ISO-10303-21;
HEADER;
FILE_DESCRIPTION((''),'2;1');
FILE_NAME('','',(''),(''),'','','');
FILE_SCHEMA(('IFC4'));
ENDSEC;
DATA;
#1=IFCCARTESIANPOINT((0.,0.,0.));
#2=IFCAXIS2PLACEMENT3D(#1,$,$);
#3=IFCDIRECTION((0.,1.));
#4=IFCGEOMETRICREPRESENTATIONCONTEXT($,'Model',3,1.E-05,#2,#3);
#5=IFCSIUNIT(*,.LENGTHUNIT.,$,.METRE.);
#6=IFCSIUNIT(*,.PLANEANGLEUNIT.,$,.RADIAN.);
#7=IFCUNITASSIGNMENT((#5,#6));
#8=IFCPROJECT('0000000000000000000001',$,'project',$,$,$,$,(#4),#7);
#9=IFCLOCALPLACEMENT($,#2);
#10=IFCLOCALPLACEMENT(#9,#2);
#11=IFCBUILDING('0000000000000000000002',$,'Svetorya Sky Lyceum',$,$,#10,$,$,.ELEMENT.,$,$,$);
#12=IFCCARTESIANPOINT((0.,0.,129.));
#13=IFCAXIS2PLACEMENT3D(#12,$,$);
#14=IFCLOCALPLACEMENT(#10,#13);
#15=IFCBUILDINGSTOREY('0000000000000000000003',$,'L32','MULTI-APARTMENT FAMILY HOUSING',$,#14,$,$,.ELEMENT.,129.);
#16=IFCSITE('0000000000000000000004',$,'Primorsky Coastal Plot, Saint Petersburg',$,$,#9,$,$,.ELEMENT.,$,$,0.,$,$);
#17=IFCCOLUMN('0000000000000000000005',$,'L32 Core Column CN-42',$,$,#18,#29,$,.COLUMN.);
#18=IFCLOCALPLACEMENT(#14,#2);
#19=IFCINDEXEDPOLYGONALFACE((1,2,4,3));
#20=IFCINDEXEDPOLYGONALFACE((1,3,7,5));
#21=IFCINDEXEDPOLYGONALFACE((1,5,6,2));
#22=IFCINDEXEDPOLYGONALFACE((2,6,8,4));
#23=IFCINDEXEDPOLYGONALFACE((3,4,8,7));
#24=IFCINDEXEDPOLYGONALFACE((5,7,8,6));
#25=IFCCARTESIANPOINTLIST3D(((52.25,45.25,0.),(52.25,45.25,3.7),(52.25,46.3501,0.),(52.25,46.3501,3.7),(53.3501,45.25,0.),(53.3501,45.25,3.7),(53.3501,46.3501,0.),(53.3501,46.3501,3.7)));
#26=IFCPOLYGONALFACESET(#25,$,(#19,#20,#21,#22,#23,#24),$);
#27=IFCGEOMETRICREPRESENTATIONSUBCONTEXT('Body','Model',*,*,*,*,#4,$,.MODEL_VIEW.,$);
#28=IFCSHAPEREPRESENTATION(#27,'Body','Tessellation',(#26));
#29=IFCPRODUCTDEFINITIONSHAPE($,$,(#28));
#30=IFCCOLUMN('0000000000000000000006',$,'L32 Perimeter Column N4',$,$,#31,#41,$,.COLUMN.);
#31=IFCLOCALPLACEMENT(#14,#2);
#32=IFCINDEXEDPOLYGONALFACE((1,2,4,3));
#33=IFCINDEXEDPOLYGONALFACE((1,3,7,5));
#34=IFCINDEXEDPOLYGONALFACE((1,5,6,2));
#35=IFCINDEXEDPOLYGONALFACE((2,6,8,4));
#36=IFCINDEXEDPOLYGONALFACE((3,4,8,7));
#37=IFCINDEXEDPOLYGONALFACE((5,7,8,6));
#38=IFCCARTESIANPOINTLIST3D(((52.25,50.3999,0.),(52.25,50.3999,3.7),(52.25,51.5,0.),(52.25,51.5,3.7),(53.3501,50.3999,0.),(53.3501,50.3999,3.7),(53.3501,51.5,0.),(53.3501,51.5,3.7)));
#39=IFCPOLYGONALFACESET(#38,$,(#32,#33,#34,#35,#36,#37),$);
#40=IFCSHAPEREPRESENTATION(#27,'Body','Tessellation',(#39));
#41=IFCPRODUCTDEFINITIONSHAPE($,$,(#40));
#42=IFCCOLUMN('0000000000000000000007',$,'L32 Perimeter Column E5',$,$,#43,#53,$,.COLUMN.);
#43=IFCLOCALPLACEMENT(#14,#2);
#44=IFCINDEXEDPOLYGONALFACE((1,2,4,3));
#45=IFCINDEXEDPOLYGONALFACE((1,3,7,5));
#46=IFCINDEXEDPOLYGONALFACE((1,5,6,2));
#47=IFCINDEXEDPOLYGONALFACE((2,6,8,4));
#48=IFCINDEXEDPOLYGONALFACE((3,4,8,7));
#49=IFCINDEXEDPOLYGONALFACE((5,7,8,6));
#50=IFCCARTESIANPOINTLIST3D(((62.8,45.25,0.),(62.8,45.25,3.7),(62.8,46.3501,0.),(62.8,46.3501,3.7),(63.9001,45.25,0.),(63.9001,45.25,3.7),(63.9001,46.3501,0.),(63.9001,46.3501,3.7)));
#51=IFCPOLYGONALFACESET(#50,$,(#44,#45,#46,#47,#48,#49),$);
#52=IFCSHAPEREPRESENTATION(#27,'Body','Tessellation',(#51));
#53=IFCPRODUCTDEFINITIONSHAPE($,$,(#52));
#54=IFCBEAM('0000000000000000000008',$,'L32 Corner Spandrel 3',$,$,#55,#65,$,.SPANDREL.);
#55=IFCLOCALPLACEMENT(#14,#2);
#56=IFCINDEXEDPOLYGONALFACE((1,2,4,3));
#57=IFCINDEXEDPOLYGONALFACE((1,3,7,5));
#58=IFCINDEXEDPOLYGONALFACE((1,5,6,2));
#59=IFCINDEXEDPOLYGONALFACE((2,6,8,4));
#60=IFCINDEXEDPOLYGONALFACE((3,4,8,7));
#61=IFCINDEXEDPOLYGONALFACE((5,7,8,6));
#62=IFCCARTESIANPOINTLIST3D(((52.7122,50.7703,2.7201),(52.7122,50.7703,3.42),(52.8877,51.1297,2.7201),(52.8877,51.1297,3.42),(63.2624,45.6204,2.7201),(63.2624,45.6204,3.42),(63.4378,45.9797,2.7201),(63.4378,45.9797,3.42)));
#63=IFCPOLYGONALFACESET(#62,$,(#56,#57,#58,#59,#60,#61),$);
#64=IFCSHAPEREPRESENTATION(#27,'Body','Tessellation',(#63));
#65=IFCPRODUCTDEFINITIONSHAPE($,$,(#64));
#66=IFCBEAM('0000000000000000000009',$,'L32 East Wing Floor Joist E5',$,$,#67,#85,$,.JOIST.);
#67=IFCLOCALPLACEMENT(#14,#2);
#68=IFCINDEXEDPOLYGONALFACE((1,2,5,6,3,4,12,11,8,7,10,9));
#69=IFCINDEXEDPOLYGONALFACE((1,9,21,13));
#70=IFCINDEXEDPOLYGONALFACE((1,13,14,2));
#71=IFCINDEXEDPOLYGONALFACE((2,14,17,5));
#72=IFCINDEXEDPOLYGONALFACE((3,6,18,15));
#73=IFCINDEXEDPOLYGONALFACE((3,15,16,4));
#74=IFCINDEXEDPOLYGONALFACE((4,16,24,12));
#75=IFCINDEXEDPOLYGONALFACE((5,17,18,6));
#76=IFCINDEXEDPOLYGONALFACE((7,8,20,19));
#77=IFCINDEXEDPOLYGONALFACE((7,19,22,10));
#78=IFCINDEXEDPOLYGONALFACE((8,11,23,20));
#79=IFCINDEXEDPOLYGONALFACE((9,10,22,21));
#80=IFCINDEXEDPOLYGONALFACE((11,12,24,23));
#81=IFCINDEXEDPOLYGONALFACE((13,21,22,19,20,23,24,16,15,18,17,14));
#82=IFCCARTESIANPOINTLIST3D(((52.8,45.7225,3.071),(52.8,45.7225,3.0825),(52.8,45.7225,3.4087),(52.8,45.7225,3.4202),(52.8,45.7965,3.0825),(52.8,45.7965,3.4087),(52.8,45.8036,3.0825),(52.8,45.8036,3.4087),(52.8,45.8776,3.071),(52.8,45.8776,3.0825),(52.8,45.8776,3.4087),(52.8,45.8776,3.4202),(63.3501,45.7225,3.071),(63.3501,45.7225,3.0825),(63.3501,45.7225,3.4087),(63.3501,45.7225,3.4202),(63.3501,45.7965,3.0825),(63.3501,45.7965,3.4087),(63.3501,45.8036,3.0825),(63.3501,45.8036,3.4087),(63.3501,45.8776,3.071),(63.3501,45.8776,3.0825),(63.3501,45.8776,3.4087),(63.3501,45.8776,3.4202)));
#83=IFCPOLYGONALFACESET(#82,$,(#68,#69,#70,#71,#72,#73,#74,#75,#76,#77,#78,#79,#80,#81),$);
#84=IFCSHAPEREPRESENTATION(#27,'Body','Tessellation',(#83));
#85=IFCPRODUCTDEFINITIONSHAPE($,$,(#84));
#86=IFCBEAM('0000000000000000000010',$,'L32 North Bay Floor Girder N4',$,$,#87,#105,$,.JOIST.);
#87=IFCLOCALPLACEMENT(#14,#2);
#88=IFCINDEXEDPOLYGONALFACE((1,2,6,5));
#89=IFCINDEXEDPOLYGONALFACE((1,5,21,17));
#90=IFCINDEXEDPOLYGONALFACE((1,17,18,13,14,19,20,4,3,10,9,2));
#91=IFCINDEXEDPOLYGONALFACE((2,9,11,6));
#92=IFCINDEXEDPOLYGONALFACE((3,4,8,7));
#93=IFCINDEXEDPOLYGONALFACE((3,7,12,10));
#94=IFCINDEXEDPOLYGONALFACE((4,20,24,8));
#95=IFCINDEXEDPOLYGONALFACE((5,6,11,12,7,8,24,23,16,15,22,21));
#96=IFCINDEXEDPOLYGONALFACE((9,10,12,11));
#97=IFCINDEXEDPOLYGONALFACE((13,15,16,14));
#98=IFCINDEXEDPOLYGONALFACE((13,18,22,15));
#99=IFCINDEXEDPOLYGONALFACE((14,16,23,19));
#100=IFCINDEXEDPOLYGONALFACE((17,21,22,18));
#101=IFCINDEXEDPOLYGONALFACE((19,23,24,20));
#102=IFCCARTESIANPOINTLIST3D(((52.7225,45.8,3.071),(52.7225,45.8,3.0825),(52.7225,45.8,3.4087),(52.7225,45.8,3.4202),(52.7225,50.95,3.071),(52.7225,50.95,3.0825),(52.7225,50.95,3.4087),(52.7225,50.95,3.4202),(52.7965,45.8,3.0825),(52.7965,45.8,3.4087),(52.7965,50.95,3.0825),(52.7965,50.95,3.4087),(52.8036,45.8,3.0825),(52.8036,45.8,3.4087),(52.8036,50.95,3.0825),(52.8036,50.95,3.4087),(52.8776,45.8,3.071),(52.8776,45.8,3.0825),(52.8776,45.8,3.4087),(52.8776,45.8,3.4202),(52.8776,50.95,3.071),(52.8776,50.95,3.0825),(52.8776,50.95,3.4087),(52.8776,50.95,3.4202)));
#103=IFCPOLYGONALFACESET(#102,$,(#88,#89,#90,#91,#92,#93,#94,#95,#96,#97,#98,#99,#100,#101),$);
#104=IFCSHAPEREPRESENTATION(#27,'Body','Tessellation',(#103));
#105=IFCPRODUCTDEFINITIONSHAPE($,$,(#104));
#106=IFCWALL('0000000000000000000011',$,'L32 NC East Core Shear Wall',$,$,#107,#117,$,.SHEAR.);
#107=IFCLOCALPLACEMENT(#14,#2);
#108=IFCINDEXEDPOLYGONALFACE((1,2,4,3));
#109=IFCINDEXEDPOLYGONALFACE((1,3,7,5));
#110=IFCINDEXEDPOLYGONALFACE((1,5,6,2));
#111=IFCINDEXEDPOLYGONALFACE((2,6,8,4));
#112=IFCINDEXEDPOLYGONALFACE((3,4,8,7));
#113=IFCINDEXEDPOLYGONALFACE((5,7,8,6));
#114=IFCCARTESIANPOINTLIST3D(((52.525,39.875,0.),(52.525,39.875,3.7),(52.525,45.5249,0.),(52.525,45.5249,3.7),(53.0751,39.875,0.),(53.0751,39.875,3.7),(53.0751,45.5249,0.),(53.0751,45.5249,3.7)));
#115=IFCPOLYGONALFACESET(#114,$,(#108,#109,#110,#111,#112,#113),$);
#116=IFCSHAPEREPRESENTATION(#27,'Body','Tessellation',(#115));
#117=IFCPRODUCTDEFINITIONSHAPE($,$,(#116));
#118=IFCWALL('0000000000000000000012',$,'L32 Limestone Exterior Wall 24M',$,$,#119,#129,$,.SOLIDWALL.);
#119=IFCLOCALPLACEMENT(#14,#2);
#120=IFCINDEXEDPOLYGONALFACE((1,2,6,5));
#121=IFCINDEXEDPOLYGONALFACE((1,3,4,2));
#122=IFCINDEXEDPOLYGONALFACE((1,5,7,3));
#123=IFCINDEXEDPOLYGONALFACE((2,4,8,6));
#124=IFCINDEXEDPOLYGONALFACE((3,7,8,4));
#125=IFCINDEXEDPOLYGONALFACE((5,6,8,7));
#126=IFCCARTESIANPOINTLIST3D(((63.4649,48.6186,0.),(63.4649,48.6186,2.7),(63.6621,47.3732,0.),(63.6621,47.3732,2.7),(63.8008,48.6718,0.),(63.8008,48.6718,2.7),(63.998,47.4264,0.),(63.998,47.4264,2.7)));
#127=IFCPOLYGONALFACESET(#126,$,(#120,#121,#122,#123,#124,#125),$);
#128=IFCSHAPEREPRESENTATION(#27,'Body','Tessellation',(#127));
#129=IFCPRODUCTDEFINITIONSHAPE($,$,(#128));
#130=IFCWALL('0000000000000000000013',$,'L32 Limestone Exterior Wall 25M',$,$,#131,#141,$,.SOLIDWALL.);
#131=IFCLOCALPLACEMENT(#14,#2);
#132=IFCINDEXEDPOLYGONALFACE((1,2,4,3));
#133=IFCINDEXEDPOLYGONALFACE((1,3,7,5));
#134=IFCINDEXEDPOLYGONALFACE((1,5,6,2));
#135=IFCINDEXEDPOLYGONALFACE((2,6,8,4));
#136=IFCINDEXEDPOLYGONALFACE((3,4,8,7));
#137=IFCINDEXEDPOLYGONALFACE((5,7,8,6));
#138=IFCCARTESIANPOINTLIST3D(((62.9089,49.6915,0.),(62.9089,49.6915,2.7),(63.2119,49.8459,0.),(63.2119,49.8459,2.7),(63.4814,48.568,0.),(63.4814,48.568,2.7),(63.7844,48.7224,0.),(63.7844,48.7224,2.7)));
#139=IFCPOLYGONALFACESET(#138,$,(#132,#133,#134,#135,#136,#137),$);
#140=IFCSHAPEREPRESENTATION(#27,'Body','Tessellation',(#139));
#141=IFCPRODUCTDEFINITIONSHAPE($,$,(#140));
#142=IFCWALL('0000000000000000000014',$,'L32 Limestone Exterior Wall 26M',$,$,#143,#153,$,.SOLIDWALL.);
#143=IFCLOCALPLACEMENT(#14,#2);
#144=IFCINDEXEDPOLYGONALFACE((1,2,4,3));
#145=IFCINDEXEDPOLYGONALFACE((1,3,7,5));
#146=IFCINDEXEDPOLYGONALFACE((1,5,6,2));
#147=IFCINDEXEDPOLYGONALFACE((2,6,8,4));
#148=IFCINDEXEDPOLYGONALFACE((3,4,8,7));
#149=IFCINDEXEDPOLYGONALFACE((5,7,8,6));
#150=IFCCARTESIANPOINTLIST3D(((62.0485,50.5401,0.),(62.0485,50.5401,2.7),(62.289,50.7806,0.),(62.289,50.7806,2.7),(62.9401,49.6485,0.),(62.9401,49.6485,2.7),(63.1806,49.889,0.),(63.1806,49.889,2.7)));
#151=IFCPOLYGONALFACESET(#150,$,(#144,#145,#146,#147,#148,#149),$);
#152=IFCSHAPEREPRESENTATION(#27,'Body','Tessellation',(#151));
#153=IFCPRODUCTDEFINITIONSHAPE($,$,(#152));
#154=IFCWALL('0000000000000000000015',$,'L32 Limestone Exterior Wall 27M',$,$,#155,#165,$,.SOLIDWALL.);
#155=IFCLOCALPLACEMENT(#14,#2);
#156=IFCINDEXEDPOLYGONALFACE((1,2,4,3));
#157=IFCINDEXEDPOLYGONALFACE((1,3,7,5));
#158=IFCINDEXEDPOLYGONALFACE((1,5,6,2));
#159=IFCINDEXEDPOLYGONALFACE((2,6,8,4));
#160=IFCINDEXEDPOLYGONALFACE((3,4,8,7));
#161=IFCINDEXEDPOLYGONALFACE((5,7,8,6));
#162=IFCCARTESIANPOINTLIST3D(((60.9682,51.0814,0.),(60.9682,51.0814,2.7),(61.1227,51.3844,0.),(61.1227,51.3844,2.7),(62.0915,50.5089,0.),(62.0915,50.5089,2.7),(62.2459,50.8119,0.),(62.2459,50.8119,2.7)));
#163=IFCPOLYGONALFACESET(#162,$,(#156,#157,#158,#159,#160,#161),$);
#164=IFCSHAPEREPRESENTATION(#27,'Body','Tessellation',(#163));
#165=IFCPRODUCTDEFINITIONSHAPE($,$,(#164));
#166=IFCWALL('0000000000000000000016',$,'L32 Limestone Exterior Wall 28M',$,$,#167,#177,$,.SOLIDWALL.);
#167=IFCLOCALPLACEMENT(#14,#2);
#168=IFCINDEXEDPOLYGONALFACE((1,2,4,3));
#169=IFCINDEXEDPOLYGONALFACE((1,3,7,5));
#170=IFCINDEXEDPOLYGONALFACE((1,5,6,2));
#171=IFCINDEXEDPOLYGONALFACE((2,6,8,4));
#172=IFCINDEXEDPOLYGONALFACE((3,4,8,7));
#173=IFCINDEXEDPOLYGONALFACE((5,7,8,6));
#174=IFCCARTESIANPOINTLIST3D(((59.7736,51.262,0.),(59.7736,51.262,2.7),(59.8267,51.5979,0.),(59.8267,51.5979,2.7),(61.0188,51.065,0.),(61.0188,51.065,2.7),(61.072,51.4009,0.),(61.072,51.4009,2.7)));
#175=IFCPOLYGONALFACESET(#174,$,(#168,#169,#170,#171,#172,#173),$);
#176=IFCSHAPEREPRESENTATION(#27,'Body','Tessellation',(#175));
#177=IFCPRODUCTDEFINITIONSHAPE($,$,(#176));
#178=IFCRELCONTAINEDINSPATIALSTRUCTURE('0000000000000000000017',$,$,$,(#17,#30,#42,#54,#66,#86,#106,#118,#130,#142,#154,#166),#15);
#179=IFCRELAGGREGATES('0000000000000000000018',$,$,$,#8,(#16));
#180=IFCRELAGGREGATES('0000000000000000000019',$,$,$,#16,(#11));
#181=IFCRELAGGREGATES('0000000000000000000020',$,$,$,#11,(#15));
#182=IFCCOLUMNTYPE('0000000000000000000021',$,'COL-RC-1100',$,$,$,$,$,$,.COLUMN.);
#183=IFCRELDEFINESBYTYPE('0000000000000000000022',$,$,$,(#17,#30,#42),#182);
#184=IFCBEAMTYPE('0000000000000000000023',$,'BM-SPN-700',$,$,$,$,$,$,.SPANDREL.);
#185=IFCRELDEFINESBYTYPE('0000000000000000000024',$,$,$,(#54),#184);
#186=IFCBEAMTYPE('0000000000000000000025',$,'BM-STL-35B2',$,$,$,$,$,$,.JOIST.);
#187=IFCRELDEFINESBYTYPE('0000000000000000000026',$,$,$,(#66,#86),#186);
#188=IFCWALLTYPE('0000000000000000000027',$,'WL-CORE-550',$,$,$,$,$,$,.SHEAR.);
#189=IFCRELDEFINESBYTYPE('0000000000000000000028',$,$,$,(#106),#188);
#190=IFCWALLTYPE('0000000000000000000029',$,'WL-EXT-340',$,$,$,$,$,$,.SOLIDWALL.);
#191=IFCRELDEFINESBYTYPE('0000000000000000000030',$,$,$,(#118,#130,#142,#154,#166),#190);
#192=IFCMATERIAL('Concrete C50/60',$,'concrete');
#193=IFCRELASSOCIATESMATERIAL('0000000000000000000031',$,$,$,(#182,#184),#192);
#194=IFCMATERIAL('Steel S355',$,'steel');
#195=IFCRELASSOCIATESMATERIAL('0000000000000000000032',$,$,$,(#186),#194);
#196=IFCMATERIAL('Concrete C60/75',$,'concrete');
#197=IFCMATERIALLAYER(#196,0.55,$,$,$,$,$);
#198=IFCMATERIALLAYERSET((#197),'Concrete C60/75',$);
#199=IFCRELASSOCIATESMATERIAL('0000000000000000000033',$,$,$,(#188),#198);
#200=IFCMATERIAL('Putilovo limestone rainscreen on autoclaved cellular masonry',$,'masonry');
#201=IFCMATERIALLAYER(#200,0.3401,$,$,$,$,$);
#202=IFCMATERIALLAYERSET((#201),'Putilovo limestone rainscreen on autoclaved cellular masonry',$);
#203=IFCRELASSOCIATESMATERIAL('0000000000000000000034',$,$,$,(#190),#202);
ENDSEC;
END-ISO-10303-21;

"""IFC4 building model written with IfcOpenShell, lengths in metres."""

from ifc_helpers import new_model, si_unit, direction, frame, frame_2d, origin, origin_2d, place, context, subcontext, project, spatial, rectangle, i_section, extrude, material, layer, layer_set, material_profile, profile_set, type_object, element, save


model = new_model("IFC4")

# Units and contexts
model_context = context("Model", 3, precision=1e-05, world=origin(), true_north=direction((0.0, 1.0)))
body_context = subcontext(model_context, "Body", "Model", "MODEL_VIEW")
ifc_project = project(units=[si_unit("LENGTHUNIT", "METRE"), si_unit("PLANEANGLEUNIT", "RADIAN")], contexts=[model_context])

# Site, building, storey
site_placement = place(None, origin())
site = spatial("IfcSite", under=ifc_project, at=site_placement, Name="Primorsky Coastal Plot, Saint Petersburg", CompositionType="ELEMENT", RefElevation=0.0)
building_placement = place(site_placement, origin())
building = spatial("IfcBuilding", under=site, at=building_placement, Name="Svetorya Sky Lyceum", CompositionType="ELEMENT")
storey_placement = place(building_placement, frame((0.0, 0.0, 129.0)))
storey = spatial("IfcBuildingStorey", under=building, at=storey_placement, Name="L32", Description="MULTI-APARTMENT FAMILY HOUSING", CompositionType="ELEMENT", Elevation=129.0)

# Columns
ifc_material_1 = material(Name="Concrete C50/60", Category="concrete")
ifc_material_profile_1 = material_profile(ifc_material_1, rectangle(XDim=1.1001, YDim=1.1001, at=origin_2d()), Name="RC COL 1100x1100")
ifc_profile_set_1 = profile_set([ifc_material_profile_1], Name="Concrete C50/60")
column_type = type_object("IfcColumnType", Name="COL-RC-1100", PredefinedType="COLUMN", material=ifc_profile_set_1)
for number, where, z_axis, x_axis, name in (
    (1, (52.8, 45.8, 0.0), (0.0, 0.0, 1.0), (1.0, 0.0, 0.0), "L32 Core Column CN-42"),
    (2, (52.8, 50.95, 0.0), (0.0, 0.0, 1.0), (1.0, 0.0, 0.0), "L32 Perimeter Column N4"),
    (3, (63.3501, 45.8, 0.0), (0.0, 0.0, 1.0), (1.0, 0.0, 0.0), "L32 Perimeter Column E5"),
):
    element("IfcColumn", number, at=place(storey_placement, frame(where, z_axis=z_axis, x_axis=x_axis)), inside=storey, type_object=column_type, Name=name, PredefinedType="COLUMN", context=body_context, shape_type="SweptSolid", body=[
        extrude(rectangle(XDim=1.1001, YDim=1.1001, at=origin_2d()), origin(), (0.0, 0.0, 1.0), 3.7),
    ])

# Beams
ifc_material_profile_2 = material_profile(ifc_material_1, rectangle(XDim=0.3999, YDim=0.7, at=origin_2d()), Name="RC SPANDREL 400x700")
ifc_profile_set_2 = profile_set([ifc_material_profile_2], Name="Concrete C50/60")
beam_type_1 = type_object("IfcBeamType", Name="BM-SPN-700", PredefinedType="SPANDREL", material=ifc_profile_set_2)
beam_1_placement = place(storey_placement, frame((63.3501, 45.8, 3.0701), z_axis=(-0.89865, 0.438667, 0.0), x_axis=(-0.438667, -0.89865, 0.0)))
element("IfcBeam", 4, at=beam_1_placement, inside=storey, type_object=beam_type_1, Name="L32 Corner Spandrel 3", PredefinedType="SPANDREL", context=body_context, shape_type="SweptSolid", body=[
    extrude(rectangle(XDim=0.3999, YDim=0.7, at=origin_2d()), origin(), (0.0, 0.0, 1.0), 11.74),
])
ifc_material_2 = material(Name="Steel S355", Category="steel")
ifc_material_profile_3 = material_profile(ifc_material_2, i_section(OverallWidth=0.155, OverallDepth=0.3491, WebThickness=0.0071, FlangeThickness=0.0115, at=origin_2d()), Name="GOST 35B2")
ifc_profile_set_3 = profile_set([ifc_material_profile_3], Name="Steel S355")
beam_type_2 = type_object("IfcBeamType", Name="BM-STL-35B2", PredefinedType="JOIST", material=ifc_profile_set_3)
beam_2_placement = place(storey_placement, frame((52.8, 45.8, 3.2456), z_axis=(1.0, 0.0, 0.0), x_axis=(0.0, 1.0, 0.0)))
element("IfcBeam", 5, at=beam_2_placement, inside=storey, type_object=beam_type_2, Name="L32 East Wing Floor Joist E5", PredefinedType="JOIST", context=body_context, shape_type="SweptSolid", body=[
    extrude(i_section(OverallWidth=0.155, OverallDepth=0.3491, WebThickness=0.0071, FlangeThickness=0.0115, at=origin_2d()), origin(), (0.0, 0.0, 1.0), 10.55),
])
beam_3_placement = place(storey_placement, frame((52.8, 45.8, 3.2456), z_axis=(0.0, 1.0, 0.0), x_axis=(-1.0, 0.0, 0.0)))
element("IfcBeam", 6, at=beam_3_placement, inside=storey, type_object=beam_type_2, Name="L32 North Bay Floor Girder N4", PredefinedType="JOIST", context=body_context, shape_type="SweptSolid", body=[
    extrude(i_section(OverallWidth=0.155, OverallDepth=0.3491, WebThickness=0.0071, FlangeThickness=0.0115, at=origin_2d()), origin(), (0.0, 0.0, 1.0), 5.1499),
])

# Walls
ifc_material_3 = material(Name="Concrete C60/75", Category="concrete")
ifc_layer_1 = layer(ifc_material_3, 0.55)
ifc_layer_set_1 = layer_set([ifc_layer_1], Name="Concrete C60/75")
wall_type_1 = type_object("IfcWallType", Name="WL-CORE-550", PredefinedType="SHEAR", material=ifc_layer_set_1)
wall_1_placement = place(storey_placement, frame((52.8, 39.875, 0.0), z_axis=(0.0, 0.0, 1.0), x_axis=(0.0, 1.0, 0.0)))
element("IfcWall", 7, at=wall_1_placement, inside=storey, type_object=wall_type_1, Name="L32 NC East Core Shear Wall", PredefinedType="SHEAR", context=body_context, shape_type="SweptSolid", body=[
    extrude(rectangle(XDim=5.6499, YDim=0.55, at=frame_2d((2.825, 0.0))), origin(), (0.0, 0.0, 1.0), 3.7),
])
ifc_material_4 = material(Name="Putilovo limestone rainscreen on autoclaved cellular masonry", Category="masonry")
ifc_layer_2 = layer(ifc_material_4, 0.3401)
ifc_layer_set_2 = layer_set([ifc_layer_2], Name="Putilovo limestone rainscreen on autoclaved cellular masonry")
wall_type_2 = type_object("IfcWallType", Name="WL-EXT-340", PredefinedType="SOLIDWALL", material=ifc_layer_set_2)
for number, where, z_axis, x_axis, name in (
    (8, (63.8301, 47.3999, 0.0), (0.0, 0.0, 1.0), (-0.15645, 0.987686, 0.0), "L32 Limestone Exterior Wall 24M"),
    (9, (63.6328, 48.6453, 0.0), (0.0, 0.0, 1.0), (-0.454016, 0.890994, 0.0), "L32 Limestone Exterior Wall 25M"),
    (10, (63.0603, 49.7688, 0.0), (0.0, 0.0, 1.0), (-0.707107, 0.707107, 0.0), "L32 Limestone Exterior Wall 26M"),
):
    element("IfcWall", number, at=place(storey_placement, frame(where, z_axis=z_axis, x_axis=x_axis)), inside=storey, type_object=wall_type_2, Name=name, PredefinedType="SOLIDWALL", context=body_context, shape_type="SweptSolid", body=[
        extrude(rectangle(XDim=1.261, YDim=0.3401, at=frame_2d((0.6304, 0.0))), origin(), (0.0, 0.0, 1.0), 2.7),
    ])
for number, where, z_axis, x_axis, name in (
    (11, (62.1687, 50.6604, 0.0), (0.0, 0.0, 1.0), (-0.890954, 0.454094, 0.0), "L32 Limestone Exterior Wall 27M"),
    (12, (61.0454, 51.2329, 0.0), (0.0, 0.0, 1.0), (-0.987716, 0.156261, 0.0), "L32 Limestone Exterior Wall 28M"),
):
    element("IfcWall", number, at=place(storey_placement, frame(where, z_axis=z_axis, x_axis=x_axis)), inside=storey, type_object=wall_type_2, Name=name, PredefinedType="SOLIDWALL", context=body_context, shape_type="SweptSolid", body=[
        extrude(rectangle(XDim=1.2607, YDim=0.3401, at=frame_2d((0.6304, 0.0))), origin(), (0.0, 0.0, 1.0), 2.7),
    ])

save(model, "model.ifc")
